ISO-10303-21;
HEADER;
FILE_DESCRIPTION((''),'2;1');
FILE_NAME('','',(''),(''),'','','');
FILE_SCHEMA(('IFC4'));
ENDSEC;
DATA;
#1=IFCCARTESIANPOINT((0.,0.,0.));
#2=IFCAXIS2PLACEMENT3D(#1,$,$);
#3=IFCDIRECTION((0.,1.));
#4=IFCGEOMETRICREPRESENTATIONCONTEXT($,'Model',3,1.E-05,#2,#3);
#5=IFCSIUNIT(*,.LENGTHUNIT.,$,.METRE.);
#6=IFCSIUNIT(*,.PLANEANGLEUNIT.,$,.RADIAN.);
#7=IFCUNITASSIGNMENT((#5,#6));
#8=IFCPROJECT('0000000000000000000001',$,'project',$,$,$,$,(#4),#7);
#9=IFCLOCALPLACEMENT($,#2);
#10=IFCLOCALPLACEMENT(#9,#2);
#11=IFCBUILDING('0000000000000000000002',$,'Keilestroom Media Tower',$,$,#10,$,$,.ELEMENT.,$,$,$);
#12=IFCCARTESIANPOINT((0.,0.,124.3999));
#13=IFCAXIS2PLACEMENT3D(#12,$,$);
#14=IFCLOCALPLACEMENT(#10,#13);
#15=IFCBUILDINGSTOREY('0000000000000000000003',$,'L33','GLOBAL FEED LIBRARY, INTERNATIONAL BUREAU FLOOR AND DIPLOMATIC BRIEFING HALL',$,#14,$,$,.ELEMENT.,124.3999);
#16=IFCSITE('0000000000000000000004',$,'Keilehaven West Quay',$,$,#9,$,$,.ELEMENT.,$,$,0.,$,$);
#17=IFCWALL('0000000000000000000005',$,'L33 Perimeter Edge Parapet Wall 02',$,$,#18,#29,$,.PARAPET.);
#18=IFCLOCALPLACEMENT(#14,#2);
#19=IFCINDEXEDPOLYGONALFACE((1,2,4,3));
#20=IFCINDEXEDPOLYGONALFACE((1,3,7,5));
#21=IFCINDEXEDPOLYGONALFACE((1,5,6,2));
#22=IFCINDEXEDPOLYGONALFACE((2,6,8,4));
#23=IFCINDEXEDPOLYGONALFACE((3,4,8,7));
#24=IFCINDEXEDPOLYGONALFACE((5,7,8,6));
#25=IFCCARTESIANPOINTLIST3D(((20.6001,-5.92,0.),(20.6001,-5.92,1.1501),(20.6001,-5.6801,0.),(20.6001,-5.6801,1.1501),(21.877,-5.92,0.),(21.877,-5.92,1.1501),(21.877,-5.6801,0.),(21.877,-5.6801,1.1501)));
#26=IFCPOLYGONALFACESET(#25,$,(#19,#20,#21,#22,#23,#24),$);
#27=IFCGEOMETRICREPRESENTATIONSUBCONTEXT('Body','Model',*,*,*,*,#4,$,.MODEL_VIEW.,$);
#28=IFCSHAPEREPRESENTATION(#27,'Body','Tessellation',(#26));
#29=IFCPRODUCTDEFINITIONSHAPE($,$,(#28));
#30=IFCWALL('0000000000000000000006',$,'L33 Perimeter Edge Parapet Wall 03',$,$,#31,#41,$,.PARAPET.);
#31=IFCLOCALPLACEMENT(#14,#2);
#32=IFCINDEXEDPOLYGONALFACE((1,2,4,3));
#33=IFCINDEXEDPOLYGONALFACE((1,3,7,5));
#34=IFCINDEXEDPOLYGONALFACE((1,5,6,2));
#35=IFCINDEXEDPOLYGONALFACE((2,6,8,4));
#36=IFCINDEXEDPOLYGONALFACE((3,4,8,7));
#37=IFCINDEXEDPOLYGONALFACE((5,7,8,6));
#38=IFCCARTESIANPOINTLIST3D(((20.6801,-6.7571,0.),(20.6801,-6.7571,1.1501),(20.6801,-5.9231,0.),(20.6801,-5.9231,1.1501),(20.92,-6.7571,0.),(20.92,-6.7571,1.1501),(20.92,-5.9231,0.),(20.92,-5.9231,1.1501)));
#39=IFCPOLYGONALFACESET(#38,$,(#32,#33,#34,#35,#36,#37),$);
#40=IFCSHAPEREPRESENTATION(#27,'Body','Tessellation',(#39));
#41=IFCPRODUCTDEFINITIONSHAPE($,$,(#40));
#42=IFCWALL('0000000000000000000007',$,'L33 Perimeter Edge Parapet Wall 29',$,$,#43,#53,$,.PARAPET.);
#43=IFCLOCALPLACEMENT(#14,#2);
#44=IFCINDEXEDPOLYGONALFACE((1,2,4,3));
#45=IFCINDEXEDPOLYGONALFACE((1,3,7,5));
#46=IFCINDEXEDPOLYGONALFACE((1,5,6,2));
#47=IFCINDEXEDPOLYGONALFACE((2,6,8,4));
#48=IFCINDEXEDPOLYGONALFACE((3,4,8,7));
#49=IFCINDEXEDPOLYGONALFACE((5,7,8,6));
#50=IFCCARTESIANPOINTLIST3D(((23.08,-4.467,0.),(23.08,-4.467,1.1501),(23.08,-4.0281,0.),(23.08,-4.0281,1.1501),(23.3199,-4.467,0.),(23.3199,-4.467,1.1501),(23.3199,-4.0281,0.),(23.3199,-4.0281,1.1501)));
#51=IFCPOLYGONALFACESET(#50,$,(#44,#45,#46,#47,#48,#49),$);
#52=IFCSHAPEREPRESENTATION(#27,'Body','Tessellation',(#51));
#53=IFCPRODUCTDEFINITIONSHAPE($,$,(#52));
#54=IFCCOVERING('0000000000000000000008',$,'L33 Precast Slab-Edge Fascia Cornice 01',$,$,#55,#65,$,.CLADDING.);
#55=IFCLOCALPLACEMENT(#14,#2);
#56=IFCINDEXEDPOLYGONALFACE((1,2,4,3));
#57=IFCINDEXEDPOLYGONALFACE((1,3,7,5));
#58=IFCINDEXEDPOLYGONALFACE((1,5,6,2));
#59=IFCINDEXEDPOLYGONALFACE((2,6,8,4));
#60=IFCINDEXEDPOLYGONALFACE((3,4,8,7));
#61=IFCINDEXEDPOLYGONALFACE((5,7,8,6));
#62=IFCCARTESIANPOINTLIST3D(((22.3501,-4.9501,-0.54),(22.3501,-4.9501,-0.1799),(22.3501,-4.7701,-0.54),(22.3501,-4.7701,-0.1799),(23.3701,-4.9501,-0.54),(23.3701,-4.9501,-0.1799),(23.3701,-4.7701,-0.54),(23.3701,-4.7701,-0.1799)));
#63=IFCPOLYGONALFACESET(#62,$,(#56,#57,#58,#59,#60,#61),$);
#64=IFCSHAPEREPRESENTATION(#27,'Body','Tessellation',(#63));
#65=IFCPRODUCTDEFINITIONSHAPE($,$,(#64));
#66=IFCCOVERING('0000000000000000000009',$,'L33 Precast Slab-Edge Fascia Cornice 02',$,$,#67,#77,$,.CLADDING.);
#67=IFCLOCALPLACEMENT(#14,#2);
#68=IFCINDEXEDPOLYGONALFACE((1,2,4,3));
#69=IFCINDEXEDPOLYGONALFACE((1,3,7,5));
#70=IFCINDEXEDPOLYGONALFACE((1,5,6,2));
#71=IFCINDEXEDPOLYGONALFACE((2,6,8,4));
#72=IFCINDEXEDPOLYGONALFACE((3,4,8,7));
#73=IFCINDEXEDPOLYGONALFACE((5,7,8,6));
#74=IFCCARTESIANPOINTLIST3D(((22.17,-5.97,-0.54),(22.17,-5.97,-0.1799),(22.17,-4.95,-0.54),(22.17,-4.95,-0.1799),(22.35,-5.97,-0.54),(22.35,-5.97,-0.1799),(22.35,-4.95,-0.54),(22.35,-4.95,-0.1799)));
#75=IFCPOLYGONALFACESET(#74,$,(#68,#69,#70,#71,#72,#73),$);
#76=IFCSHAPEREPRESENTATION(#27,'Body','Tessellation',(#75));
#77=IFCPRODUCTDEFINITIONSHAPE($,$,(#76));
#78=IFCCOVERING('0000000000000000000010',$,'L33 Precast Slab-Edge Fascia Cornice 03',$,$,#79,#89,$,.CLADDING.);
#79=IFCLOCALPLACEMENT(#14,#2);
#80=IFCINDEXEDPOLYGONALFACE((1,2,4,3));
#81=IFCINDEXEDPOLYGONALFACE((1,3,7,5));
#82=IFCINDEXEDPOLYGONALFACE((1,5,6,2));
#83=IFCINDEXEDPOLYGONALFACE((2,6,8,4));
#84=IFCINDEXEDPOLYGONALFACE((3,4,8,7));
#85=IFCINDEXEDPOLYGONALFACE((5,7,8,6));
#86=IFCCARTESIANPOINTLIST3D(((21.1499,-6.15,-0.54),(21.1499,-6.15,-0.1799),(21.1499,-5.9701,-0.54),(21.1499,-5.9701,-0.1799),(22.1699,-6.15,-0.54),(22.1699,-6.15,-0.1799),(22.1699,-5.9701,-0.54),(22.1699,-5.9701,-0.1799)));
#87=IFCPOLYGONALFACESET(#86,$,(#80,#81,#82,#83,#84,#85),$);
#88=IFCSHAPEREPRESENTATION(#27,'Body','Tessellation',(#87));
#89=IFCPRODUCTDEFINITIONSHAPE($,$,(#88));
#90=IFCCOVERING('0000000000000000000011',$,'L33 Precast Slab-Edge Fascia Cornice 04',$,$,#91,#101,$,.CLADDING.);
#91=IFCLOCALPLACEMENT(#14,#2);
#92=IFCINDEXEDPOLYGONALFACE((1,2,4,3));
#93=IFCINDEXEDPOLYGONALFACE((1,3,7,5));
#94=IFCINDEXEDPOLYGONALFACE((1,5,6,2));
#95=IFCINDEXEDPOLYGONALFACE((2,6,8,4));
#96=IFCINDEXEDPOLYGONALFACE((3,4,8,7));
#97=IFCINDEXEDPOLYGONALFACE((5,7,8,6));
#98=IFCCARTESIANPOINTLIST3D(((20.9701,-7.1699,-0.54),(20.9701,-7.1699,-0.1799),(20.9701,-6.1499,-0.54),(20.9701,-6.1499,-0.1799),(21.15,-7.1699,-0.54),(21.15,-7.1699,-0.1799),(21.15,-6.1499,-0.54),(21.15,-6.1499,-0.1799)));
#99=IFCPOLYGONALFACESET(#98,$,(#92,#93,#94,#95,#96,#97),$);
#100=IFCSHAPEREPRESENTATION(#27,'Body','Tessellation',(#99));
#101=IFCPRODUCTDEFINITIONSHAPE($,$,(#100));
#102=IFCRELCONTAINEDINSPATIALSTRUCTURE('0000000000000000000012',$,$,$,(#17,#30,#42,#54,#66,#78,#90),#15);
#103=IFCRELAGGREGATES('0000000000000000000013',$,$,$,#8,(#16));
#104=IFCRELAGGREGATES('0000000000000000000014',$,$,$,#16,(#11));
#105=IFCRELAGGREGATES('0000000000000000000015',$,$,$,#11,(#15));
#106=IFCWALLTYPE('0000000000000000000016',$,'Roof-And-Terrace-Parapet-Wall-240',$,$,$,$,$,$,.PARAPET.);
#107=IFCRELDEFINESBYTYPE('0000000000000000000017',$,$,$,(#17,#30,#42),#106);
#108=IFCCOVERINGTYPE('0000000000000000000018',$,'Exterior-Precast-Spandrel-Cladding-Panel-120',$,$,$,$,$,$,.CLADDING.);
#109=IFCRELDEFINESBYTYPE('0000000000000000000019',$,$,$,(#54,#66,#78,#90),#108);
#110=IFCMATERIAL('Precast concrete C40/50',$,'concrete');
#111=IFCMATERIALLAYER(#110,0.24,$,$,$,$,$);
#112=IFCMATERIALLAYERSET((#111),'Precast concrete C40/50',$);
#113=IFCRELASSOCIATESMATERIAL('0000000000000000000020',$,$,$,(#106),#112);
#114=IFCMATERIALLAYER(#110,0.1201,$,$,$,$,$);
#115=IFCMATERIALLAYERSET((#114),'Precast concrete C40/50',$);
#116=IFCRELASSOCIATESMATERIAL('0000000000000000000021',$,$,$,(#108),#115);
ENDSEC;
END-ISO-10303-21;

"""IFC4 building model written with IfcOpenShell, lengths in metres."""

from ifc_helpers import new_model, si_unit, direction, frame, frame_2d, origin, origin_2d, place, context, subcontext, project, spatial, rectangle, extrude, source, transform, mapped, material, layer, layer_set, type_object, element, save


model = new_model("IFC4")

# Units and contexts
model_context = context("Model", 3, precision=1e-05, world=origin(), true_north=direction((0.0, 1.0)))
body_context = subcontext(model_context, "Body", "Model", "MODEL_VIEW")
ifc_project = project(units=[si_unit("LENGTHUNIT", "METRE"), si_unit("PLANEANGLEUNIT", "RADIAN")], contexts=[model_context])

# Site, building, storey
site_placement = place(None, origin())
site = spatial("IfcSite", under=ifc_project, at=site_placement, Name="Keilehaven West Quay", CompositionType="ELEMENT", RefElevation=0.0)
building_placement = place(site_placement, origin())
building = spatial("IfcBuilding", under=site, at=building_placement, Name="Keilestroom Media Tower", CompositionType="ELEMENT")
storey_placement = place(building_placement, frame((0.0, 0.0, 124.3999)))
storey = spatial("IfcBuildingStorey", under=building, at=storey_placement, Name="L33", Description="GLOBAL FEED LIBRARY, INTERNATIONAL BUREAU FLOOR AND DIPLOMATIC BRIEFING HALL", CompositionType="ELEMENT", Elevation=124.3999)

# Shared definitions
ifc_material_1 = material(Name="Precast concrete C40/50", Category="concrete")

# Walls
ifc_layer_1 = layer(ifc_material_1, 0.24)
ifc_layer_set_1 = layer_set([ifc_layer_1], Name="Precast concrete C40/50")
wall_type_1 = type_object("IfcWallType", Name="Roof-And-Terrace-Parapet-Wall-240", PredefinedType="PARAPET", material=ifc_layer_set_1)
wall_1_placement = place(storey_placement, frame((21.877, -5.8, 0.0), z_axis=(0.0, 0.0, 1.0), x_axis=(-1.0, 0.0, 0.0)))
element("IfcWall", 1, at=wall_1_placement, inside=storey, type_object=wall_type_1, Name="L33 Perimeter Edge Parapet Wall 02", PredefinedType="PARAPET", context=body_context, shape_type="SweptSolid", body=[
    extrude(rectangle(XDim=1.2769, YDim=0.24, at=frame_2d((0.6384, 0.0))), origin(), (0.0, 0.0, 1.0), 1.1501),
])
wall_2_placement = place(storey_placement, frame((20.8, -5.9231, 0.0), z_axis=(0.0, 0.0, 1.0), x_axis=(0.0, -1.0, 0.0)))
element("IfcWall", 2, at=wall_2_placement, inside=storey, type_object=wall_type_1, Name="L33 Perimeter Edge Parapet Wall 03", PredefinedType="PARAPET", context=body_context, shape_type="SweptSolid", body=[
    extrude(rectangle(XDim=0.834, YDim=0.24, at=frame_2d((0.417, 0.0))), origin(), (0.0, 0.0, 1.0), 1.1501),
])
wall_3_placement = place(storey_placement, frame((23.2, -4.0281, 0.0), z_axis=(0.0, 0.0, 1.0), x_axis=(0.0, -1.0, 0.0)))
element("IfcWall", 3, at=wall_3_placement, inside=storey, type_object=wall_type_1, Name="L33 Perimeter Edge Parapet Wall 29", PredefinedType="PARAPET", context=body_context, shape_type="SweptSolid", body=[
    extrude(rectangle(XDim=0.439, YDim=0.24, at=frame_2d((0.2195, 0.0))), origin(), (0.0, 0.0, 1.0), 1.1501),
])

# Coverings
ifc_layer_2 = layer(ifc_material_1, 0.1201)
ifc_layer_set_2 = layer_set([ifc_layer_2], Name="Precast concrete C40/50")
covering_type = type_object("IfcCoveringType", Name="Exterior-Precast-Spandrel-Cladding-Panel-120", PredefinedType="CLADDING", material=ifc_layer_set_2)
shared_shape_1 = source(origin(), body_context, "Body", "SweptSolid", [
    extrude(rectangle(XDim=1.02, YDim=0.1799, at=origin_2d()), origin(), (0.0, 0.0, 1.0), 0.3601),
])
for number, where, z_axis, x_axis, name in (
    (4, (22.8601, -4.8601, -0.54), (0.0, 0.0, 1.0), (-1.0, 0.0, 0.0), "L33 Precast Slab-Edge Fascia Cornice 01"),
    (5, (22.26, -5.46, -0.54), (0.0, 0.0, 1.0), (0.0, -1.0, 0.0), "L33 Precast Slab-Edge Fascia Cornice 02"),
    (6, (21.6599, -6.0601, -0.54), (0.0, 0.0, 1.0), (-1.0, 0.0, 0.0), "L33 Precast Slab-Edge Fascia Cornice 03"),
    (7, (21.0601, -6.6599, -0.54), (0.0, 0.0, 1.0), (0.0, -1.0, 0.0), "L33 Precast Slab-Edge Fascia Cornice 04"),
):
    element("IfcCovering", number, at=place(storey_placement, frame(where, z_axis=z_axis, x_axis=x_axis)), inside=storey, type_object=covering_type, Name=name, PredefinedType="CLADDING", context=body_context, shape_type="MappedRepresentation", body=[
        mapped(shared_shape_1, transform((0.0, 0.0, 0.0), x_axis=(1.0, 0.0, 0.0), y_axis=(0.0, 1.0, 0.0), z_axis=(0.0, 0.0, 1.0), scale=1.0)),
    ])

save(model, "model.ifc")
